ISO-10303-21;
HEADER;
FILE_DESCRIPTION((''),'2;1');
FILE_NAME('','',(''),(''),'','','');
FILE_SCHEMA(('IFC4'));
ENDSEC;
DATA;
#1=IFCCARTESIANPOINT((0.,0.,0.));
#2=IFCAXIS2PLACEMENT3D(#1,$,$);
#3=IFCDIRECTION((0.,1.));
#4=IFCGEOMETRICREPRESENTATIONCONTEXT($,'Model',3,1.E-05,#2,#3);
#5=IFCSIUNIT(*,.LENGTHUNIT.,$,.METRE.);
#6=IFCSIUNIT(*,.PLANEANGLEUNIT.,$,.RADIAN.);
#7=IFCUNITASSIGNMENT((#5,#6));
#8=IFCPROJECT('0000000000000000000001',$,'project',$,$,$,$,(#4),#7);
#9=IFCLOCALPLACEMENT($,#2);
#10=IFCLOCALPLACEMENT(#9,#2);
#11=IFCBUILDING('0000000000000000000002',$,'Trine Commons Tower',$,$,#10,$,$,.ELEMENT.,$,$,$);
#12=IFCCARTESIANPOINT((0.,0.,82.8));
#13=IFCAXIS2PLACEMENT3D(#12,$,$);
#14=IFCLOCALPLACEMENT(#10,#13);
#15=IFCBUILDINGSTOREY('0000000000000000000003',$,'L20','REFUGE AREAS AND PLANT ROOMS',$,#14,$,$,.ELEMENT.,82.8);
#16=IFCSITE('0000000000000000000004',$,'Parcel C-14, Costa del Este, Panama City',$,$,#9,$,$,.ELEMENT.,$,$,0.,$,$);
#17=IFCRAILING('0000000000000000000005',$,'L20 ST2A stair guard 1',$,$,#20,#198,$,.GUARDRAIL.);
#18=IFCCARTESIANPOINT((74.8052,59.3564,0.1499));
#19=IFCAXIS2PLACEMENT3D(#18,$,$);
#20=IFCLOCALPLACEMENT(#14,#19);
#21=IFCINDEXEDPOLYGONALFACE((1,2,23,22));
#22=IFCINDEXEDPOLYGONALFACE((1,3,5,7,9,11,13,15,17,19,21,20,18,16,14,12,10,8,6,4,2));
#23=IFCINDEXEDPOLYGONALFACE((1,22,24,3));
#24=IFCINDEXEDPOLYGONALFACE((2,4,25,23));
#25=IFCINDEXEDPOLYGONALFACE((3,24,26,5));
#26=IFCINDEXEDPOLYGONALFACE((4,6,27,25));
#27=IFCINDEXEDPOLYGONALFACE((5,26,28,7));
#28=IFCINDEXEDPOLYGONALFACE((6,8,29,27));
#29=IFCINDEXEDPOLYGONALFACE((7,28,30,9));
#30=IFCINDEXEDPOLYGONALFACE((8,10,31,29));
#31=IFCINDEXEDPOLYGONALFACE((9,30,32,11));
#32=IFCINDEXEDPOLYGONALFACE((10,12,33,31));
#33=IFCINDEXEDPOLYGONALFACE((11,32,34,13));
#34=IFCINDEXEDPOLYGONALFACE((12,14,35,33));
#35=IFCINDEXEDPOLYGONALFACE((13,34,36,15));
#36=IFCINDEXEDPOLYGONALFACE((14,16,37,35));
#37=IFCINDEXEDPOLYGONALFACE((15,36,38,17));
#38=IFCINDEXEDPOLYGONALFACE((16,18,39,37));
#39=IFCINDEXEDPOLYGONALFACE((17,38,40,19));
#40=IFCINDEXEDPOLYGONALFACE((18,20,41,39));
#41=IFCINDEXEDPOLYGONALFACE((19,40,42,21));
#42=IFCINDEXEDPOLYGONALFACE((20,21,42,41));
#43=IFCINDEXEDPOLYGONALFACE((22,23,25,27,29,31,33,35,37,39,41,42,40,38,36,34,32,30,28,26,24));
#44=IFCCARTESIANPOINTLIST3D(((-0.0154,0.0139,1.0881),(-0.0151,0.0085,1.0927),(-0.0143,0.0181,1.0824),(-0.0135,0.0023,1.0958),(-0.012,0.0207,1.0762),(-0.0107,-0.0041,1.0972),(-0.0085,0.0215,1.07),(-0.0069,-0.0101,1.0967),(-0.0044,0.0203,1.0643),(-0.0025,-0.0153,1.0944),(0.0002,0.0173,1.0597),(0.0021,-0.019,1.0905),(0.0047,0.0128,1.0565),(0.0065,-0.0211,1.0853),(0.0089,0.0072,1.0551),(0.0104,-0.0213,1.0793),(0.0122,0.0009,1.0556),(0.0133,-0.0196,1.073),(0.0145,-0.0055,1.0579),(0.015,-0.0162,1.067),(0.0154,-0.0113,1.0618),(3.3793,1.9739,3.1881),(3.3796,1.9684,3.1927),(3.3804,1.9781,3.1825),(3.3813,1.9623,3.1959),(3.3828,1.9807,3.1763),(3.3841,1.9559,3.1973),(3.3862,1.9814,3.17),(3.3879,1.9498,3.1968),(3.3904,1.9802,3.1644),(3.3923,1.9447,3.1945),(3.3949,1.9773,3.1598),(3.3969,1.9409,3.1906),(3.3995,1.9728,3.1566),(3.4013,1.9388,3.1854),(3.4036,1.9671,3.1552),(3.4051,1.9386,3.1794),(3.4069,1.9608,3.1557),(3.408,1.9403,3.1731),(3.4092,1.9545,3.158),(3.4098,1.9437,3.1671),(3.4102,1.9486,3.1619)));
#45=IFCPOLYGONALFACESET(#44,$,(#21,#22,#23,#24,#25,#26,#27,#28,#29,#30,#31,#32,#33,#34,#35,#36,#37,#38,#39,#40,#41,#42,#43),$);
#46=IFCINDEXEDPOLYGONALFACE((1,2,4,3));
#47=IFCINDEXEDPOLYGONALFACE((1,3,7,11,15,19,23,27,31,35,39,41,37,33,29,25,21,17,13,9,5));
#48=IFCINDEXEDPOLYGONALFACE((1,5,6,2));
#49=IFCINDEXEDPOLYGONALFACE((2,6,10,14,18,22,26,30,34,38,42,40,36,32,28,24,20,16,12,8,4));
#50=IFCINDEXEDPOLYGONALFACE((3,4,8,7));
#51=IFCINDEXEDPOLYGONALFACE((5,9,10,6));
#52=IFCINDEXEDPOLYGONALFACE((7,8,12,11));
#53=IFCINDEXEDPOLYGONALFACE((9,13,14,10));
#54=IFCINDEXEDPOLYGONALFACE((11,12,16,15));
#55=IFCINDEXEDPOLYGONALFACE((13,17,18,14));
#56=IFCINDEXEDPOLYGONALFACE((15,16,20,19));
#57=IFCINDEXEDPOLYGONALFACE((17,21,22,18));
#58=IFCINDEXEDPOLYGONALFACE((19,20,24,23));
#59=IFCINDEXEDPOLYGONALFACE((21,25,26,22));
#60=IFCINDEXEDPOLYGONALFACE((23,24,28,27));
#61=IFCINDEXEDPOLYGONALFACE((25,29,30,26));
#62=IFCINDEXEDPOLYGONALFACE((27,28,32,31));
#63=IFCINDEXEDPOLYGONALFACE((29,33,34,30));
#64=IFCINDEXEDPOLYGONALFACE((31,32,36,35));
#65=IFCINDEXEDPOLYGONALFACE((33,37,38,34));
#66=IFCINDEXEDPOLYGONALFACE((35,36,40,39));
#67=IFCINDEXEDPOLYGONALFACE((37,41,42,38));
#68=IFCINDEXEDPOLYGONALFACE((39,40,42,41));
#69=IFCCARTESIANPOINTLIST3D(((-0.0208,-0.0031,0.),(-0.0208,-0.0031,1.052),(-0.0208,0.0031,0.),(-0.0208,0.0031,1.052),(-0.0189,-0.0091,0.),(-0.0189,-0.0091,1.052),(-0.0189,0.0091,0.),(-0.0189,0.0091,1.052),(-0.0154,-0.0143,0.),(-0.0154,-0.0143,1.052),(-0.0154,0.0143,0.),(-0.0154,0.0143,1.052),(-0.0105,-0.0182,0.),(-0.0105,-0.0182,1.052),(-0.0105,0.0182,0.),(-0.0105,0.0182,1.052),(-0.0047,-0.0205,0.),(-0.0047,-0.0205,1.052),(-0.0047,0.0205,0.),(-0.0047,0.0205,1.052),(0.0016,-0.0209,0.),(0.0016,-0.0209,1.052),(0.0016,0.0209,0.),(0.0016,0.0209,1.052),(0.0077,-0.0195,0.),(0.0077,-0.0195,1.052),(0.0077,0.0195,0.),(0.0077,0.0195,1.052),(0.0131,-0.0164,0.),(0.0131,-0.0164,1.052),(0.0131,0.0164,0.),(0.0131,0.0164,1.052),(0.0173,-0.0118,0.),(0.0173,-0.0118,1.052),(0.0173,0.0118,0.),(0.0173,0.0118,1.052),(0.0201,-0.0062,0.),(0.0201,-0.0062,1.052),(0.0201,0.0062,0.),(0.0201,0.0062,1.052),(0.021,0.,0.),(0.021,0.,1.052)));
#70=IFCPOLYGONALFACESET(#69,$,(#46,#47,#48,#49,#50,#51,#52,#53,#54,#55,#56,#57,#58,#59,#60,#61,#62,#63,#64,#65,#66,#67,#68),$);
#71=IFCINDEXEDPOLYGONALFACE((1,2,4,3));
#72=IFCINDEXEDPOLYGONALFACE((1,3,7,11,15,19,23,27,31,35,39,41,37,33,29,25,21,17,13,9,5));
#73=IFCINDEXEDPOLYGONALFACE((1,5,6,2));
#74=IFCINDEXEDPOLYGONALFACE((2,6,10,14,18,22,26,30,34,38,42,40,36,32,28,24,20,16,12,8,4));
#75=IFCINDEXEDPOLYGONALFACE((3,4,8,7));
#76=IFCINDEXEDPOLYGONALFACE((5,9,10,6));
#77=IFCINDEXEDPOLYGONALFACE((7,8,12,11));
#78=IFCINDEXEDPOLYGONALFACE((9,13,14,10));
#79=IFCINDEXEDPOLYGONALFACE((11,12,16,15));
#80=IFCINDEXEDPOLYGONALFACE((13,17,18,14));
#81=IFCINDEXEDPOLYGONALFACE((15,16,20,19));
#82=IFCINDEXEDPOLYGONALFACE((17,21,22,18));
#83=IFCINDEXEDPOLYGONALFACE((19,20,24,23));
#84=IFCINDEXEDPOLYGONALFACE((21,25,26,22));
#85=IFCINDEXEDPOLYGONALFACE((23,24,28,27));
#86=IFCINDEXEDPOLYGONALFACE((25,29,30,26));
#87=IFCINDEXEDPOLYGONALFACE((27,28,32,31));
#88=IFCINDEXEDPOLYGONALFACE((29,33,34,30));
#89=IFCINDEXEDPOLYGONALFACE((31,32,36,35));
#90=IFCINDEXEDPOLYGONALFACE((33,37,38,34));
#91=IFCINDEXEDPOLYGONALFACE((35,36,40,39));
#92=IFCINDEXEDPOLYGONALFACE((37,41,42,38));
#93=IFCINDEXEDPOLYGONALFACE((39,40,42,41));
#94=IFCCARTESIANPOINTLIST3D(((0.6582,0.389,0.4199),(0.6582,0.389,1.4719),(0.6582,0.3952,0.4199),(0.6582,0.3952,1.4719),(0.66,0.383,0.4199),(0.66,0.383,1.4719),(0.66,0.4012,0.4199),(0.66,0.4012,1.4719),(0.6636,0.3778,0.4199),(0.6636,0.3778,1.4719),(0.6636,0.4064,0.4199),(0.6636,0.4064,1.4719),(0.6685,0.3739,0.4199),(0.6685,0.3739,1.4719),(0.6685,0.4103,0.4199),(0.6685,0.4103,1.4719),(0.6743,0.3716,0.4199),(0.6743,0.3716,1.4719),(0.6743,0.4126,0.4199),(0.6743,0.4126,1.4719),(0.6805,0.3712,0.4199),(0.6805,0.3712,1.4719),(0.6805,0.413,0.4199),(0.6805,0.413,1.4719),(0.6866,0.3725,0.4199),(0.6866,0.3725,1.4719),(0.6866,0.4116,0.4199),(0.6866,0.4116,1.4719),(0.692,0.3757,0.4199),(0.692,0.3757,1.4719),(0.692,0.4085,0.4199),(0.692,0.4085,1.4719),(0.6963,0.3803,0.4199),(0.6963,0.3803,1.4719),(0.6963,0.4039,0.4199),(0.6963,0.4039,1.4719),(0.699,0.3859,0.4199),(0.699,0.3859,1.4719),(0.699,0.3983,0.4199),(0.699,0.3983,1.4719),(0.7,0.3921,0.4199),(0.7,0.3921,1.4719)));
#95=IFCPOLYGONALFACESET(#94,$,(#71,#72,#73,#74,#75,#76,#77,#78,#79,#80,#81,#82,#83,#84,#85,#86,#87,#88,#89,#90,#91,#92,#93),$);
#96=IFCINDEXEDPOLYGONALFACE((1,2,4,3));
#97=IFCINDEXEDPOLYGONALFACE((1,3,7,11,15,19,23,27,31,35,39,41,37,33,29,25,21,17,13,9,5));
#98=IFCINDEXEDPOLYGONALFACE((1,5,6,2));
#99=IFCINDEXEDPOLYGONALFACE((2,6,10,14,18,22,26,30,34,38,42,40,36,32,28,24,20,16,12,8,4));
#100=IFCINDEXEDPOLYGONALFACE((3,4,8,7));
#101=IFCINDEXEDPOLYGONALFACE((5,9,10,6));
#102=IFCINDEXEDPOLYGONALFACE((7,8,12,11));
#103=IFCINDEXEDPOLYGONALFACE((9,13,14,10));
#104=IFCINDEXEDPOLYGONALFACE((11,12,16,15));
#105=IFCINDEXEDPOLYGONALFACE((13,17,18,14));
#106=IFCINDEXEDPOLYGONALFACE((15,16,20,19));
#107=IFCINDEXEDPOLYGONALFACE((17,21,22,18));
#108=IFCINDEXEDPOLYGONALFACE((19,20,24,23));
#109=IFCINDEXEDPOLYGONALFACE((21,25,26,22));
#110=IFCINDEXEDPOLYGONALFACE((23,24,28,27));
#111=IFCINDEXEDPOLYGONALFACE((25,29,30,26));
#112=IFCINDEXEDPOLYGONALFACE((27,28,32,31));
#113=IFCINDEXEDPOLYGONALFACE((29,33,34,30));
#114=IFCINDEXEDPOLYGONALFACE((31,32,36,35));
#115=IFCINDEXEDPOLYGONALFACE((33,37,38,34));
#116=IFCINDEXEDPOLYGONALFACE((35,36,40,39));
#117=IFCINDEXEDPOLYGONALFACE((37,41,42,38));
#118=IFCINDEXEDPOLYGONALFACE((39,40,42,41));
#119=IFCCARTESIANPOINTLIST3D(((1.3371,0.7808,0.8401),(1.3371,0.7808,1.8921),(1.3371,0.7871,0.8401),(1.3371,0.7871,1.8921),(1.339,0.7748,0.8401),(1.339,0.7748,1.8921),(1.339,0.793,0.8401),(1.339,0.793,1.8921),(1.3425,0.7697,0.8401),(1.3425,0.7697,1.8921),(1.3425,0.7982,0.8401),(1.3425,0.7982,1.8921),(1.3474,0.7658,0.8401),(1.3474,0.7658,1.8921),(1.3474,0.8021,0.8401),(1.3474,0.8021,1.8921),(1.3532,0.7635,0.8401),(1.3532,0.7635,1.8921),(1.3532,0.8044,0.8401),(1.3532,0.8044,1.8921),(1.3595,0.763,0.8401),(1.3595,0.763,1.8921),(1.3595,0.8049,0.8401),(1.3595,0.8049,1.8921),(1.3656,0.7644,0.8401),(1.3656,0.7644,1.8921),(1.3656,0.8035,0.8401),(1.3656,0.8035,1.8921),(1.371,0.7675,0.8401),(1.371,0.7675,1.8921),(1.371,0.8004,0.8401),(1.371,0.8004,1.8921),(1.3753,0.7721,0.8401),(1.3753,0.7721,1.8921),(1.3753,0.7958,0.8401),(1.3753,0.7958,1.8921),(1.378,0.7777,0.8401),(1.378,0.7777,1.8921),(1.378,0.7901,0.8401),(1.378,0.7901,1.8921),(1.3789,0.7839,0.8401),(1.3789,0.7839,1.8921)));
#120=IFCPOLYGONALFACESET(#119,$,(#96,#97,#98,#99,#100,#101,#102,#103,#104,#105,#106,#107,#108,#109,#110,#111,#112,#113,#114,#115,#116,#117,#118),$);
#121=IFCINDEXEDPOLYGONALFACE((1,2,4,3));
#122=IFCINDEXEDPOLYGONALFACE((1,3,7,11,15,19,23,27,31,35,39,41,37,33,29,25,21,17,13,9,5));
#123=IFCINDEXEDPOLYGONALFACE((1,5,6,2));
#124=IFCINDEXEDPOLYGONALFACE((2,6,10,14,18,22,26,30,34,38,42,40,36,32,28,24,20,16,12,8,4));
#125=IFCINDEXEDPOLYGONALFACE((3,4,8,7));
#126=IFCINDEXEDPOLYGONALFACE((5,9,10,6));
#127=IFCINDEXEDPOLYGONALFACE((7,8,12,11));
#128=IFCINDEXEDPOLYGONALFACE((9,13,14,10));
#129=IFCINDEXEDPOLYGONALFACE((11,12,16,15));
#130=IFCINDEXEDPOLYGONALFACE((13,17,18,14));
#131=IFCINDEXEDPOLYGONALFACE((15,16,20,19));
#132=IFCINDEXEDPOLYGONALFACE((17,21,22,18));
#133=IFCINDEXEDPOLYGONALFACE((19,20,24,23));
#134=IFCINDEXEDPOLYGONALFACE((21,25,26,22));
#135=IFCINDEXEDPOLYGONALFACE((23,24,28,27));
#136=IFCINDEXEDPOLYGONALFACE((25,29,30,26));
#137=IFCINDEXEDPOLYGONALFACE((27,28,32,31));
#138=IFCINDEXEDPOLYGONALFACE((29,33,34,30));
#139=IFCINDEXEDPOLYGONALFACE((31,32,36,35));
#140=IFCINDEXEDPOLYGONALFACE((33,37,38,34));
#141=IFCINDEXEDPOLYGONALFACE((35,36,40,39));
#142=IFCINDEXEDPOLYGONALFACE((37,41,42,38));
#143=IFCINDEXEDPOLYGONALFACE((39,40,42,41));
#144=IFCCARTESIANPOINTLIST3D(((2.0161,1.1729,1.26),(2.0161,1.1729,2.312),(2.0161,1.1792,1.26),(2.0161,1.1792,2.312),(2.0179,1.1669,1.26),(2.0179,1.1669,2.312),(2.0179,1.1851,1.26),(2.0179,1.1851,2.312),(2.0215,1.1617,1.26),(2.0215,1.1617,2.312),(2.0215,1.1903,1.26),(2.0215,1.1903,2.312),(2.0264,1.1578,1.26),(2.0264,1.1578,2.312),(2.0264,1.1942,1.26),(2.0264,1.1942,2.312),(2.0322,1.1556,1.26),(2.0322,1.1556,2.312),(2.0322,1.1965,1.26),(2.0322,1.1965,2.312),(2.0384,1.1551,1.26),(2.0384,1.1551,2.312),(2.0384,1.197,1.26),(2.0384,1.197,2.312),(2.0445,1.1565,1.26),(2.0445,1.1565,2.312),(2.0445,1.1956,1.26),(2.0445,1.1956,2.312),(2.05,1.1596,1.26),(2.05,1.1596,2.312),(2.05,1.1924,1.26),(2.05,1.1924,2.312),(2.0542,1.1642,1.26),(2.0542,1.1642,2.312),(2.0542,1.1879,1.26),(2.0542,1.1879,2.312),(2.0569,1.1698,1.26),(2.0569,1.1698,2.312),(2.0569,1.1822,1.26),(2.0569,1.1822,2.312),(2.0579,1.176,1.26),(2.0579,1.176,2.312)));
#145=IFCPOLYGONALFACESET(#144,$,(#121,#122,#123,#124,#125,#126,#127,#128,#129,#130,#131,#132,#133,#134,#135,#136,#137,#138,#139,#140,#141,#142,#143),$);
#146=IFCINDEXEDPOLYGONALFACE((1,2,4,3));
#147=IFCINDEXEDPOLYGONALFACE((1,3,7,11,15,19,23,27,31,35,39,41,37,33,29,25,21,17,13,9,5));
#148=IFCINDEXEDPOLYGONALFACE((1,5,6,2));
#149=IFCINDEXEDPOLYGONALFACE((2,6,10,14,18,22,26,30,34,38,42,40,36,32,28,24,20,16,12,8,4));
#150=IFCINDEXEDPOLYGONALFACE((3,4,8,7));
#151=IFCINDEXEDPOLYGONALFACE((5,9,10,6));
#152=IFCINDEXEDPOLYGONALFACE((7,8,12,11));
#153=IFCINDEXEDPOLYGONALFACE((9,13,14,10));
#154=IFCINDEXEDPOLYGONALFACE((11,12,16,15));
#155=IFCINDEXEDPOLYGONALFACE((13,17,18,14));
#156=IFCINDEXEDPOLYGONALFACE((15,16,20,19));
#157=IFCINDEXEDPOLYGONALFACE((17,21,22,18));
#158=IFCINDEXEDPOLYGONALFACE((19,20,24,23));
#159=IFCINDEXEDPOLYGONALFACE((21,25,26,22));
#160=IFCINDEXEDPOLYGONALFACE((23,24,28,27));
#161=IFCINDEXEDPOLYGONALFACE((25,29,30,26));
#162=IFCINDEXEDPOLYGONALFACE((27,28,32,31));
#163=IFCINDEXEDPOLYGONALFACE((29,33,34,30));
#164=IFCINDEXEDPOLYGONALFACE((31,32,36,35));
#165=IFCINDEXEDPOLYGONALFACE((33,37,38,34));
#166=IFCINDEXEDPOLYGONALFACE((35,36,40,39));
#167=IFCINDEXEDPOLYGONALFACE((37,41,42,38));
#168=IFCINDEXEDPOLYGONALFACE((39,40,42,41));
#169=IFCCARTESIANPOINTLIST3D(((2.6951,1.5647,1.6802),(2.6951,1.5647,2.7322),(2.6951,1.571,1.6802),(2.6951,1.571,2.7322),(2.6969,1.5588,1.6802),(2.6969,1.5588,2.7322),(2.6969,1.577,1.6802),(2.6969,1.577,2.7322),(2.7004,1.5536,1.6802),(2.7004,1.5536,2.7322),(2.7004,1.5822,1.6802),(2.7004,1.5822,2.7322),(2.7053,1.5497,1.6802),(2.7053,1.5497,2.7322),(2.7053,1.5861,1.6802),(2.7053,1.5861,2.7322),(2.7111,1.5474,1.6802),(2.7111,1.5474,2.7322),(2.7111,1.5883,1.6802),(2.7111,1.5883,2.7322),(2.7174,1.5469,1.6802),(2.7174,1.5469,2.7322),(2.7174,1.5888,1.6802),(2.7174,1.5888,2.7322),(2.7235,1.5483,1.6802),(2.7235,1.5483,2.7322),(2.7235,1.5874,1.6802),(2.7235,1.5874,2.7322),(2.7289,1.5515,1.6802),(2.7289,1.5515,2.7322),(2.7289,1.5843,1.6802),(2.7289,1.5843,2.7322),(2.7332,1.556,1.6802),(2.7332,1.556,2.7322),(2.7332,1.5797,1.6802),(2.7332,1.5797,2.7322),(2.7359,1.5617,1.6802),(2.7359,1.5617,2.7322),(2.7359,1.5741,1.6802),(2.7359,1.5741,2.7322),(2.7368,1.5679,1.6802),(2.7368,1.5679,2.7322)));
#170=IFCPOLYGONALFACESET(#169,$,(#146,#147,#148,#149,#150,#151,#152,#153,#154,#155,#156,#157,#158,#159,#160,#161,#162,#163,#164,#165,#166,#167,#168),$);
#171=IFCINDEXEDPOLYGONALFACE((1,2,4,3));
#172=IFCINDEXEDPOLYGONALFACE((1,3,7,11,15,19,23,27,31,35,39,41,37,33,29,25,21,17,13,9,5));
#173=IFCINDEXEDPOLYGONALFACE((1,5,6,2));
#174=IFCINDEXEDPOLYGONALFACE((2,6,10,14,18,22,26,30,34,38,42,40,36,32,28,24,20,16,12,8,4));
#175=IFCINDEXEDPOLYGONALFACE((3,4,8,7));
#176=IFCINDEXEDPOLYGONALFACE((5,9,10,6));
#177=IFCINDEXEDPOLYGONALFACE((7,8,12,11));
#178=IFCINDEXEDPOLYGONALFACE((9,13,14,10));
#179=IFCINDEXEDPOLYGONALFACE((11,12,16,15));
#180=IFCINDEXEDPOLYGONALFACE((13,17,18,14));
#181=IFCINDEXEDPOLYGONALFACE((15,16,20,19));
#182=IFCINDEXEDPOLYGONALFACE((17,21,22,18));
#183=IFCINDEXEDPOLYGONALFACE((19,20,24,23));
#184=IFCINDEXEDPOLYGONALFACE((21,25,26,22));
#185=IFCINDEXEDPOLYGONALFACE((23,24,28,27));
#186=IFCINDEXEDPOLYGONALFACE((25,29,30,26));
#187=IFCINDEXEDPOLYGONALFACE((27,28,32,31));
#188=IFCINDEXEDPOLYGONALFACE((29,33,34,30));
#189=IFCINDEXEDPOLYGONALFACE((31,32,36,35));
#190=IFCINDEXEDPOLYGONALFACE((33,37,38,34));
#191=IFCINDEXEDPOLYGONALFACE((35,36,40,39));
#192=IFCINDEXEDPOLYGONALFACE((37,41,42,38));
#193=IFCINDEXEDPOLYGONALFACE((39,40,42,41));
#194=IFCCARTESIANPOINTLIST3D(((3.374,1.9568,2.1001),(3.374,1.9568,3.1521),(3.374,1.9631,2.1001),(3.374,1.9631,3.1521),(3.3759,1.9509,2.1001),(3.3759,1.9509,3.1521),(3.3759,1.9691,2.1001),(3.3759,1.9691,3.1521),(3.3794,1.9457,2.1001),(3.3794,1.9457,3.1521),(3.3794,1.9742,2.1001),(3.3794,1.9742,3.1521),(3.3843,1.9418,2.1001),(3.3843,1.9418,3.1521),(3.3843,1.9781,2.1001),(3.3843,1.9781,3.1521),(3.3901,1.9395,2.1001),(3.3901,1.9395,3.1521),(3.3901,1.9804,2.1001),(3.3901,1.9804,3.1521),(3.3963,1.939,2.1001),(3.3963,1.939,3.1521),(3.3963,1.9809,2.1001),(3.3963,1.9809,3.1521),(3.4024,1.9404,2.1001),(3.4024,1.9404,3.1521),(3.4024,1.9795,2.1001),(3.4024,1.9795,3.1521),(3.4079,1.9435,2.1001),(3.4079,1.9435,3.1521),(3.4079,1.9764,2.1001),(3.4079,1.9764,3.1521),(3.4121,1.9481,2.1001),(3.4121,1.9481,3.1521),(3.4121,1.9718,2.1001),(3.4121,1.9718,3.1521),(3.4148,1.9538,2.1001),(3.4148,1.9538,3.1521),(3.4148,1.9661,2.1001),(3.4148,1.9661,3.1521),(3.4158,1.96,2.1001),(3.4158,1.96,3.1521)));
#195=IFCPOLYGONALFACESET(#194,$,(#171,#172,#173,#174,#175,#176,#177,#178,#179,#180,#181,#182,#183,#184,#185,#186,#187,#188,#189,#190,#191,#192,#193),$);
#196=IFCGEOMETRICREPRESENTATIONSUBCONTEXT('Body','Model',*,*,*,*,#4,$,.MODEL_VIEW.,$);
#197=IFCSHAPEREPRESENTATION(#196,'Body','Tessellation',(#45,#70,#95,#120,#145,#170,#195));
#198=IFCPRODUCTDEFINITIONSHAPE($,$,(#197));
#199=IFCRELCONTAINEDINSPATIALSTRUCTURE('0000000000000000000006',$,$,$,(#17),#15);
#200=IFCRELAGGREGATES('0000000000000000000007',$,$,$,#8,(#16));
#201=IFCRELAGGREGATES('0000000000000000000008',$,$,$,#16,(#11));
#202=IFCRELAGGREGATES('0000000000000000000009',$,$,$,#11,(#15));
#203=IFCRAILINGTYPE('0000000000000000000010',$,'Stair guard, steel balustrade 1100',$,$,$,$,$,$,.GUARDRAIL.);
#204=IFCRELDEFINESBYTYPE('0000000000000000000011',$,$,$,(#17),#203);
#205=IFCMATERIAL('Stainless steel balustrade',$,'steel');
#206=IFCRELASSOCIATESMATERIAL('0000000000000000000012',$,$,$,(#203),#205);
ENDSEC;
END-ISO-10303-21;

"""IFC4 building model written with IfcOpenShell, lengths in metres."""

from ifc_helpers import new_model, si_unit, direction, frame, origin, origin_2d, place, context, subcontext, project, spatial, circle, extrude, material, type_object, element, save


model = new_model("IFC4")

# Units and contexts
model_context = context("Model", 3, precision=1e-05, world=origin(), true_north=direction((0.0, 1.0)))
body_context = subcontext(model_context, "Body", "Model", "MODEL_VIEW")
ifc_project = project(units=[si_unit("LENGTHUNIT", "METRE"), si_unit("PLANEANGLEUNIT", "RADIAN")], contexts=[model_context])

# Site, building, storey
site_placement = place(None, origin())
site = spatial("IfcSite", under=ifc_project, at=site_placement, Name="Parcel C-14, Costa del Este, Panama City", CompositionType="ELEMENT", RefElevation=0.0)
building_placement = place(site_placement, origin())
building = spatial("IfcBuilding", under=site, at=building_placement, Name="Trine Commons Tower", CompositionType="ELEMENT")
storey_placement = place(building_placement, frame((0.0, 0.0, 82.8)))
storey = spatial("IfcBuildingStorey", under=building, at=storey_placement, Name="L20", Description="REFUGE AREAS AND PLANT ROOMS", CompositionType="ELEMENT", Elevation=82.8)

# Railing
ifc_material_1 = material(Name="Stainless steel balustrade", Category="steel")
railing_type_1 = type_object("IfcRailingType", Name="Stair guard, steel balustrade 1100", PredefinedType="GUARDRAIL", material=ifc_material_1)
railing_1_placement = place(storey_placement, frame((74.8052, 59.3564, 0.1499)))
element("IfcRailing", 1, at=railing_1_placement, inside=storey, type_object=railing_type_1, Name="L20 ST2A stair guard 1", PredefinedType="GUARDRAIL", context=body_context, shape_type="SweptSolid", body=[
    extrude(circle(Radius=0.0239, at=origin_2d()), frame((0.0, 0.0, 1.0762), z_axis=(0.763375, 0.440732, 0.472244), x_axis=(-0.499997, 0.866027, 0.0)), (0.0, 0.0, 1.0), 4.447),
    extrude(circle(Radius=0.021, at=origin_2d()), origin(), (0.0, 0.0, 1.0), 1.052),
    extrude(circle(Radius=0.021, at=origin_2d()), frame((0.679, 0.3921, 0.4199)), (0.0, 0.0, 1.0), 1.052),
    extrude(circle(Radius=0.021, at=origin_2d()), frame((1.3579, 0.7839, 0.8401)), (0.0, 0.0, 1.0), 1.052),
    extrude(circle(Radius=0.021, at=origin_2d()), frame((2.0369, 1.176, 1.26)), (0.0, 0.0, 1.0), 1.052),
    extrude(circle(Radius=0.021, at=origin_2d()), frame((2.7158, 1.5679, 1.6802)), (0.0, 0.0, 1.0), 1.052),
    extrude(circle(Radius=0.021, at=origin_2d()), frame((3.3948, 1.96, 2.1001)), (0.0, 0.0, 1.0), 1.052),
])

save(model, "model.ifc")
